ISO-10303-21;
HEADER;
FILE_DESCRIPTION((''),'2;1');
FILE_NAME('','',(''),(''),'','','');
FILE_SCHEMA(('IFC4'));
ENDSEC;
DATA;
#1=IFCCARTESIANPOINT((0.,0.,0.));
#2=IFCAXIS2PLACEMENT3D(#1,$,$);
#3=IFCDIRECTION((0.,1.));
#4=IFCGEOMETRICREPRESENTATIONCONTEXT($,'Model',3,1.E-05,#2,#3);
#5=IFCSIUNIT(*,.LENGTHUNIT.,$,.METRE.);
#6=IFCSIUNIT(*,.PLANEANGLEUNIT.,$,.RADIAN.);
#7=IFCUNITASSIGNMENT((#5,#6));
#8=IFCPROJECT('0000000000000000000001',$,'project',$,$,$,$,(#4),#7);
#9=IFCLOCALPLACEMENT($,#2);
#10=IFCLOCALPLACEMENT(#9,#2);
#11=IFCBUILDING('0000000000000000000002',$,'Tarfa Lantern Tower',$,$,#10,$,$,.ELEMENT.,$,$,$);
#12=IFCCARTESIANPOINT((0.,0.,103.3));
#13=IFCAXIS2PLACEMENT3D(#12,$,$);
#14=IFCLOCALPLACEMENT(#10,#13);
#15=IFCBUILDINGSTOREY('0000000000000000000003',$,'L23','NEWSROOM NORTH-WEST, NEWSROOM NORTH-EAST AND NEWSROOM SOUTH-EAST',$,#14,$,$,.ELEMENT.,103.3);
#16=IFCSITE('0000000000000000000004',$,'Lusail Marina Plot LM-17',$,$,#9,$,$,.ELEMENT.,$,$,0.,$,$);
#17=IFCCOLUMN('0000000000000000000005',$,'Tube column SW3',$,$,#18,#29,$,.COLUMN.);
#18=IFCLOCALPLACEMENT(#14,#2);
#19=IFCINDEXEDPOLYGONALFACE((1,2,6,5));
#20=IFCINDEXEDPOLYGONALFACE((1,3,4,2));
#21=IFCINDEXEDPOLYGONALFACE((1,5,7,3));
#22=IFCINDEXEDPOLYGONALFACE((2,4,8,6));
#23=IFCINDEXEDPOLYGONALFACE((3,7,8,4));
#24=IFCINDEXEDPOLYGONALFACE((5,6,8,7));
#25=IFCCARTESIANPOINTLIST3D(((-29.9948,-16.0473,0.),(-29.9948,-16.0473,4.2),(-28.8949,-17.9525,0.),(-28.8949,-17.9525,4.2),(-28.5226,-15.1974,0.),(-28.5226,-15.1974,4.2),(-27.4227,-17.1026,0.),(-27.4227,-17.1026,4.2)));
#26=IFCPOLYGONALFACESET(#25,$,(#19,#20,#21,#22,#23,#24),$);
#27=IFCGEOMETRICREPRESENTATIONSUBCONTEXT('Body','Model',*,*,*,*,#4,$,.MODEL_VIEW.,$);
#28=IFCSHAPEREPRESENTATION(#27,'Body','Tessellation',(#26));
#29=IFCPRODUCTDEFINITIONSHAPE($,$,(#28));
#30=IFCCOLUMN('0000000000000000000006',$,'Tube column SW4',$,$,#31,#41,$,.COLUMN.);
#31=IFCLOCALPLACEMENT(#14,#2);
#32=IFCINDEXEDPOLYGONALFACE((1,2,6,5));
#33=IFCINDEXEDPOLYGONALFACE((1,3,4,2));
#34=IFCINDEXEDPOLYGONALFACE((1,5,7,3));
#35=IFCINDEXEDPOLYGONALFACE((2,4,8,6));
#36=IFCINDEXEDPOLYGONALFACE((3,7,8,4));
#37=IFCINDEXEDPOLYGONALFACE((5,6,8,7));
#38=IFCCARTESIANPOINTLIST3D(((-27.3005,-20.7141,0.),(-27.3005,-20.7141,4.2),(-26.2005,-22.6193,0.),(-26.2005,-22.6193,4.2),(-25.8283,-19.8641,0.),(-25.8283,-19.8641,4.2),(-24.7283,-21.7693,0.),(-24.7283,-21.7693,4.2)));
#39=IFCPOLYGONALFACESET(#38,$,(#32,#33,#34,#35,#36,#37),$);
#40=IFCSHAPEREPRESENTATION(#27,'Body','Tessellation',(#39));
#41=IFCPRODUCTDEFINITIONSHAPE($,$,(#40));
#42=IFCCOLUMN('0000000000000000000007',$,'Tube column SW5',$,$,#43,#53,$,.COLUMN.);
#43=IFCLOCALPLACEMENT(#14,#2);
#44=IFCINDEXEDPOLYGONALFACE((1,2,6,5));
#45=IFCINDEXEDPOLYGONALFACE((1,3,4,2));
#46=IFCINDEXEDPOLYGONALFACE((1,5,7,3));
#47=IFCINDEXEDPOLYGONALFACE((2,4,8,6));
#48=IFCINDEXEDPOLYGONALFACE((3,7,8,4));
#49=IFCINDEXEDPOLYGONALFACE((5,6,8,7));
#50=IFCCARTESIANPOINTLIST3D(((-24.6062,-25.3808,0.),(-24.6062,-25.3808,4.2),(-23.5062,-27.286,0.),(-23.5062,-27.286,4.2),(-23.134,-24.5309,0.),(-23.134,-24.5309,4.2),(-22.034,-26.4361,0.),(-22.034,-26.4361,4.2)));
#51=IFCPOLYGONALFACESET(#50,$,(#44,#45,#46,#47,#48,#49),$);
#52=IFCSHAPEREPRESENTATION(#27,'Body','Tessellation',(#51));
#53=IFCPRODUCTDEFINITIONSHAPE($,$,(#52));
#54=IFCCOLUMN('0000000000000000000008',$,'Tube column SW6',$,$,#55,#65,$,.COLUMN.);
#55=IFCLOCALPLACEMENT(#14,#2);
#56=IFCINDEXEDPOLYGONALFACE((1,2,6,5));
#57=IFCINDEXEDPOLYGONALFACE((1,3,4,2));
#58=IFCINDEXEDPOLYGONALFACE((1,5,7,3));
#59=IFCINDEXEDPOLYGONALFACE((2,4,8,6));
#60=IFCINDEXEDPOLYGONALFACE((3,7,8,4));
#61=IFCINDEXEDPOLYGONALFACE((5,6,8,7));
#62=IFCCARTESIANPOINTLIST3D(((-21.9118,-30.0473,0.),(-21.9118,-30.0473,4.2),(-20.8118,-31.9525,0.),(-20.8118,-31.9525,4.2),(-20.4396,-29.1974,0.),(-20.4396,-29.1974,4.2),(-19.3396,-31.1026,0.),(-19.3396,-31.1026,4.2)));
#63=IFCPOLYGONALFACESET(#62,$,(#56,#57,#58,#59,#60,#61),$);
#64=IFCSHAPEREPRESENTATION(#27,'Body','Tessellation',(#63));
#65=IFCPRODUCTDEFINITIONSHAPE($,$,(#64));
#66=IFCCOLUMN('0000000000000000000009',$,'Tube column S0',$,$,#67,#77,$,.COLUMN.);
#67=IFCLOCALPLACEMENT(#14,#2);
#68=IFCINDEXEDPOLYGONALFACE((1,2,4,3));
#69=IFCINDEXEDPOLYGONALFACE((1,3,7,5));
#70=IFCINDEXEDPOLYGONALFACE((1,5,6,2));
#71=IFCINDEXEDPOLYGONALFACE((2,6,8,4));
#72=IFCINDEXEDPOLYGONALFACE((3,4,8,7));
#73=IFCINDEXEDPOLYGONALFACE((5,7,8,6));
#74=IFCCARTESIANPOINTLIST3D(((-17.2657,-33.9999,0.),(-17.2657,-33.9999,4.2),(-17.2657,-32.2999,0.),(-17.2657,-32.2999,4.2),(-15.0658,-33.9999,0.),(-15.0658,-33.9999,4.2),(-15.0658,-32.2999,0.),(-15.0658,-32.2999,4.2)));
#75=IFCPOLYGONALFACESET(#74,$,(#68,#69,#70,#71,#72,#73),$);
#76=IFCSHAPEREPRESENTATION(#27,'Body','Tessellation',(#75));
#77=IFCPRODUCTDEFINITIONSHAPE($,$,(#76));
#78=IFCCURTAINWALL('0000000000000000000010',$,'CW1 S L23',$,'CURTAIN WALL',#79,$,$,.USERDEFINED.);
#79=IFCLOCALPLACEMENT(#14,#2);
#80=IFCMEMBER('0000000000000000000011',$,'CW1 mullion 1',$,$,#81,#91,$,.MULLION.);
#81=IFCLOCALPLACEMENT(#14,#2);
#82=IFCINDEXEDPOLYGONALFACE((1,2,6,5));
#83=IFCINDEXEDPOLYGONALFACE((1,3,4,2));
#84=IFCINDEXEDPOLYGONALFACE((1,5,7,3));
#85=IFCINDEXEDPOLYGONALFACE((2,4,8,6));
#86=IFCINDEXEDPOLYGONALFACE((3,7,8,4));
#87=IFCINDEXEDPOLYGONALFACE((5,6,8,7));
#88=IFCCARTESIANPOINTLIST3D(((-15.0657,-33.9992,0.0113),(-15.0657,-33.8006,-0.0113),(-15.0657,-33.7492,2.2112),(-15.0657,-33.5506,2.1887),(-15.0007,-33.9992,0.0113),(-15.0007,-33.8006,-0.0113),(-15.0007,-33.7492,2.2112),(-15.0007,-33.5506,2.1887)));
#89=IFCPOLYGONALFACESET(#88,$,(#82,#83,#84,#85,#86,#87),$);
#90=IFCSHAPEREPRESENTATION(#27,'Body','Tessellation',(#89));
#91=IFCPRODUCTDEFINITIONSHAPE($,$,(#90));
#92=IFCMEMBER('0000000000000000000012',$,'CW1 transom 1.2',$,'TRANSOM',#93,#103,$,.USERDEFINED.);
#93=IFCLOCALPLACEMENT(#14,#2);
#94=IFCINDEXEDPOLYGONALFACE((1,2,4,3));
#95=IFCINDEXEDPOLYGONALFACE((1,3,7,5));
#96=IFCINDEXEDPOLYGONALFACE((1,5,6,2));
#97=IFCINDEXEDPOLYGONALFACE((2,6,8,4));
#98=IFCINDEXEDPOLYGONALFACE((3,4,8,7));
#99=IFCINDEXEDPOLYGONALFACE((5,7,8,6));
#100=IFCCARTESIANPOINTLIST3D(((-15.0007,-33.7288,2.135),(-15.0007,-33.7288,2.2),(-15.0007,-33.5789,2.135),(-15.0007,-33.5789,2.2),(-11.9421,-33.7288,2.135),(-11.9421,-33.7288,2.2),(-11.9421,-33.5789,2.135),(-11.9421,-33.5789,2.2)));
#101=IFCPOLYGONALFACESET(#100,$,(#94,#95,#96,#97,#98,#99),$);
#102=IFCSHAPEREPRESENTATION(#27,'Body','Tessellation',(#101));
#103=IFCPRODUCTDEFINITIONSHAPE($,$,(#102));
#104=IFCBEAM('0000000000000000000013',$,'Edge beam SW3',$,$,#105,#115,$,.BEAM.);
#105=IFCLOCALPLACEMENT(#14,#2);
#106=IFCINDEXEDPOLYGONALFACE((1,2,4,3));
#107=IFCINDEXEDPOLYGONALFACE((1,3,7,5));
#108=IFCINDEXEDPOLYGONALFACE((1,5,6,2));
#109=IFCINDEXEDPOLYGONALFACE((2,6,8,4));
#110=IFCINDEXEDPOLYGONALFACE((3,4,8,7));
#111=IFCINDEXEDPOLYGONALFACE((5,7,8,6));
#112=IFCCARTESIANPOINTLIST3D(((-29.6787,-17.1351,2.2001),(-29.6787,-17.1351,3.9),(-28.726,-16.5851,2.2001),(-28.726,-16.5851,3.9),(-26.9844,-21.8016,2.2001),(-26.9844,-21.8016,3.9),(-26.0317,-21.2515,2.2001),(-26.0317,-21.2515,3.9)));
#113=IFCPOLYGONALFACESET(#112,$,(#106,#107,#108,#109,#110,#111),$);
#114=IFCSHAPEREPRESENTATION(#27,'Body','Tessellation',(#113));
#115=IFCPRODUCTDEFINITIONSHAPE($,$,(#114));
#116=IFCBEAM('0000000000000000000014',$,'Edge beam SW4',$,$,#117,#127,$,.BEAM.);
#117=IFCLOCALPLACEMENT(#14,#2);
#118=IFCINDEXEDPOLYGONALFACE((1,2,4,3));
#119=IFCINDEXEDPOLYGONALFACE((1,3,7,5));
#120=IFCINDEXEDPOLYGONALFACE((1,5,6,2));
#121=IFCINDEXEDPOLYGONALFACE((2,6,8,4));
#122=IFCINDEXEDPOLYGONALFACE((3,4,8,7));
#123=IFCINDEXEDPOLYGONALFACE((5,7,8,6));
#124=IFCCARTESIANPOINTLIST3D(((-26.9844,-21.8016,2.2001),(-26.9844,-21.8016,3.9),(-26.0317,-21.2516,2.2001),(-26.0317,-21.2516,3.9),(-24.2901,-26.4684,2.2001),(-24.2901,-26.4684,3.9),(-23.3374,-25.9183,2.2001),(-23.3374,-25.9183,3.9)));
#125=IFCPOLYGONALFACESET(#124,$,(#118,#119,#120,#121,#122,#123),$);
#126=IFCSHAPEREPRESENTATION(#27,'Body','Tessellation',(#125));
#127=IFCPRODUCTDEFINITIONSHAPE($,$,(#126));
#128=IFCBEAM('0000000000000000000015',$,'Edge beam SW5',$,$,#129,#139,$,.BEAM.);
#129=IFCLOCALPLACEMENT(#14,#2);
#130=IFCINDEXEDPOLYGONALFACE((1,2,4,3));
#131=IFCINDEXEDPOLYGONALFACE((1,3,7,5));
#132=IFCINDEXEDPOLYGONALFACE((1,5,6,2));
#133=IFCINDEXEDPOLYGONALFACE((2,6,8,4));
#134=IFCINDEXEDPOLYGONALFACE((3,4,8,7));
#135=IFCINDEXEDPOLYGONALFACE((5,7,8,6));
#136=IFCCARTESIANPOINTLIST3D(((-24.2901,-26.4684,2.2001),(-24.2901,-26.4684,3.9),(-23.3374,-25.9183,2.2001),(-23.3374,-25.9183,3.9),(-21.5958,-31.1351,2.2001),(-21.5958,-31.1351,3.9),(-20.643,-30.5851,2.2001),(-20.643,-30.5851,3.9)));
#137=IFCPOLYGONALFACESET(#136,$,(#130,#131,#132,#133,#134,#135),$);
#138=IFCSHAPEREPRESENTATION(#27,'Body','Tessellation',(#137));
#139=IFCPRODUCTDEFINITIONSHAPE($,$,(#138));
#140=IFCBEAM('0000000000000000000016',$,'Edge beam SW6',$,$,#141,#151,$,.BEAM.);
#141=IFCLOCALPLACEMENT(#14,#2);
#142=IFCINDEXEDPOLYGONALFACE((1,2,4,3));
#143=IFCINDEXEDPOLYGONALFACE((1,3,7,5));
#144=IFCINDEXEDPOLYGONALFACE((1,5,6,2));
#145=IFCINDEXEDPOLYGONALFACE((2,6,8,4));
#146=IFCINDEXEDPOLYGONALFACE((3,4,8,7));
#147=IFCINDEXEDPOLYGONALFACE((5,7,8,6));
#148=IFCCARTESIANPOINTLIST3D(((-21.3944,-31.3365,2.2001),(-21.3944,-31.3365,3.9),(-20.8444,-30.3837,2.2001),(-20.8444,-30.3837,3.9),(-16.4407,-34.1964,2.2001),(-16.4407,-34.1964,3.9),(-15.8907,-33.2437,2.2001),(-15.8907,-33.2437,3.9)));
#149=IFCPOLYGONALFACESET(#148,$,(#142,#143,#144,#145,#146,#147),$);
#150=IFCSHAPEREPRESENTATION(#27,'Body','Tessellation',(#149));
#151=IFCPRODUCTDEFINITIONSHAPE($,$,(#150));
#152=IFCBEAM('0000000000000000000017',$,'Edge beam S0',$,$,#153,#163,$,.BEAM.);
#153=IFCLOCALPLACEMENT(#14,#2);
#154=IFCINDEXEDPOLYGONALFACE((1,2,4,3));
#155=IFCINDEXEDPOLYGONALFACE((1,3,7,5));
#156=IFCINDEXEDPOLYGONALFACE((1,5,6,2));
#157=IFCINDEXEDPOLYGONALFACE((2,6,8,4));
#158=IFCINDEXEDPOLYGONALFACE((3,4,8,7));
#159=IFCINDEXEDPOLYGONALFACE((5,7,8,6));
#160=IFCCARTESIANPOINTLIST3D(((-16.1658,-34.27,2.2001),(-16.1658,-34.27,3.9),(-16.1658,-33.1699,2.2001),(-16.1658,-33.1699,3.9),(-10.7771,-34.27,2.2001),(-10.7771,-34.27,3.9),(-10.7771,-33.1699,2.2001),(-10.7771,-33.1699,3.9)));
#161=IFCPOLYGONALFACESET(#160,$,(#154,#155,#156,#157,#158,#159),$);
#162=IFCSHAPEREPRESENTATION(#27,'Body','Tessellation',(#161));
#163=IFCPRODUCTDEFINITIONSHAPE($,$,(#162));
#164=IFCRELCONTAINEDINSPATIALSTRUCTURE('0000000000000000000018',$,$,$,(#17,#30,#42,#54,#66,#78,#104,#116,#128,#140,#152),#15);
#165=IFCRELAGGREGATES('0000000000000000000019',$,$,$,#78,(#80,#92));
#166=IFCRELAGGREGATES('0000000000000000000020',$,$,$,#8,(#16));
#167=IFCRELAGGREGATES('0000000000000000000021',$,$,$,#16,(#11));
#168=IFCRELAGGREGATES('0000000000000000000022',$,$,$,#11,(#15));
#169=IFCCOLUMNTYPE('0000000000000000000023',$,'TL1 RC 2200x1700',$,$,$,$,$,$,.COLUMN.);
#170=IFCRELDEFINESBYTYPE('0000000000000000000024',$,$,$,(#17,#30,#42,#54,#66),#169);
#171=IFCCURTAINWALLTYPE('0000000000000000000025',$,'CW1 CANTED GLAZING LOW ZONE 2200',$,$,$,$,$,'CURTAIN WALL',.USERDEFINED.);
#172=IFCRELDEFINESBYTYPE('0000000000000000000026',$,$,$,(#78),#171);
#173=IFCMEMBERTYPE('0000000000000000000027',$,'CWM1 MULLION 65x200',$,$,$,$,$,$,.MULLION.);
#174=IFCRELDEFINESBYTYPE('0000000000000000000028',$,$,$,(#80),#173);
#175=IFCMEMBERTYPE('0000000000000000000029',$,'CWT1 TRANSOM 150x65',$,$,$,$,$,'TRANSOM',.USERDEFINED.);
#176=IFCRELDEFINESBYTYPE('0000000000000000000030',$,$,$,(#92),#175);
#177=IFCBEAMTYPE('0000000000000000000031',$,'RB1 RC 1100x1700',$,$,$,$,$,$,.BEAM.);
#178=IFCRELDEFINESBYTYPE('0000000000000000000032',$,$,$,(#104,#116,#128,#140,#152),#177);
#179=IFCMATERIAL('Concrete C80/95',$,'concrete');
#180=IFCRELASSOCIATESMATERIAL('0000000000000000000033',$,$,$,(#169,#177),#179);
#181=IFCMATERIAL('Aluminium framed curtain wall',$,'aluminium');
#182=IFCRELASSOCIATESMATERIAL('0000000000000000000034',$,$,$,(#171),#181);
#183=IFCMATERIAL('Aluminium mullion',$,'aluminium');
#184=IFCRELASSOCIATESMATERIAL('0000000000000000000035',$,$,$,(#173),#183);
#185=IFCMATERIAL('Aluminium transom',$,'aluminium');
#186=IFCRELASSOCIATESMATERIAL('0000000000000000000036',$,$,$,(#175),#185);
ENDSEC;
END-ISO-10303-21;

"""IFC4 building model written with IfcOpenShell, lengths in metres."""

from ifc_helpers import new_model, si_unit, direction, frame, origin, origin_2d, place, context, subcontext, project, spatial, rectangle, extrude, material, material_profile, profile_set, type_object, element, aggregate, save


model = new_model("IFC4")

# Units and contexts
model_context = context("Model", 3, precision=1e-05, world=origin(), true_north=direction((0.0, 1.0)))
body_context = subcontext(model_context, "Body", "Model", "MODEL_VIEW")
ifc_project = project(units=[si_unit("LENGTHUNIT", "METRE"), si_unit("PLANEANGLEUNIT", "RADIAN")], contexts=[model_context])

# Site, building, storey
site_placement = place(None, origin())
site = spatial("IfcSite", under=ifc_project, at=site_placement, Name="Lusail Marina Plot LM-17", CompositionType="ELEMENT", RefElevation=0.0)
building_placement = place(site_placement, origin())
building = spatial("IfcBuilding", under=site, at=building_placement, Name="Tarfa Lantern Tower", CompositionType="ELEMENT")
storey_placement = place(building_placement, frame((0.0, 0.0, 103.3)))
storey = spatial("IfcBuildingStorey", under=building, at=storey_placement, Name="L23", Description="NEWSROOM NORTH-WEST, NEWSROOM NORTH-EAST AND NEWSROOM SOUTH-EAST", CompositionType="ELEMENT", Elevation=103.3)

# Columns
ifc_material_1 = material(Name="Concrete C80/95", Category="concrete")
ifc_material_profile_1 = material_profile(ifc_material_1, rectangle(XDim=2.2, YDim=1.7, at=origin_2d()), Name="RC 2200x1700")
ifc_profile_set_1 = profile_set([ifc_material_profile_1], Name="Concrete C80/95")
column_type = type_object("IfcColumnType", Name="TL1 RC 2200x1700", PredefinedType="COLUMN", material=ifc_profile_set_1)
for number, where, z_axis, x_axis, name in (
    (1, (-28.7087, -16.575, 0.0), (0.0, 0.0, 1.0), (0.5, -0.866025, 0.0), "Tube column SW3"),
    (2, (-26.0144, -21.2417, 0.0), (0.0, 0.0, 1.0), (0.5, -0.866025, 0.0), "Tube column SW4"),
    (3, (-23.3201, -25.9084, 0.0), (0.0, 0.0, 1.0), (0.5, -0.866025, 0.0), "Tube column SW5"),
    (4, (-20.6257, -30.575, 0.0), (0.0, 0.0, 1.0), (0.5, -0.866025, 0.0), "Tube column SW6"),
    (5, (-16.1658, -33.1499, 0.0), (0.0, 0.0, 1.0), (1.0, 0.0, 0.0), "Tube column S0"),
):
    element("IfcColumn", number, at=place(storey_placement, frame(where, z_axis=z_axis, x_axis=x_axis)), inside=storey, type_object=column_type, Name=name, PredefinedType="COLUMN", context=body_context, shape_type="SweptSolid", body=[
        extrude(rectangle(XDim=2.2, YDim=1.7, at=origin_2d()), origin(), (0.0, 0.0, 1.0), 4.2),
    ])

# Curtain wall, members
ifc_material_2 = material(Name="Aluminium framed curtain wall", Category="aluminium")
curtain_wall_type = type_object("IfcCurtainWallType", Name="CW1 CANTED GLAZING LOW ZONE 2200", ElementType="CURTAIN WALL", PredefinedType="USERDEFINED", material=ifc_material_2)
curtain_wall_placement = place(storey_placement, origin())
curtain_wall = element("IfcCurtainWall", 6, at=curtain_wall_placement, inside=storey, type_object=curtain_wall_type, Name="CW1 S L23", ObjectType="CURTAIN WALL", PredefinedType="USERDEFINED")
ifc_material_3 = material(Name="Aluminium mullion", Category="aluminium")
ifc_material_profile_2 = material_profile(ifc_material_3, rectangle(XDim=0.0649, YDim=0.2, at=origin_2d()), Name="AL MULLION 65x200")
ifc_profile_set_2 = profile_set([ifc_material_profile_2], Name="Aluminium mullion")
member_type_1 = type_object("IfcMemberType", Name="CWM1 MULLION 65x200", PredefinedType="MULLION", material=ifc_profile_set_2)
member_1_placement = place(storey_placement, frame((-15.0332, -33.8999, 0.0), z_axis=(0.0, 0.112912, 0.993605), x_axis=(-1.0, 0.0, 0.0)))
member_1 = element("IfcMember", 7, at=member_1_placement, type_object=member_type_1, Name="CW1 mullion 1", PredefinedType="MULLION", context=body_context, shape_type="SweptSolid", body=[
    extrude(rectangle(XDim=0.0649, YDim=0.2, at=origin_2d()), origin(), (0.0, 0.0, 1.0), 2.2141),
])
ifc_material_4 = material(Name="Aluminium transom", Category="aluminium")
ifc_material_profile_3 = material_profile(ifc_material_4, rectangle(XDim=0.1499, YDim=0.0649, at=origin_2d()), Name="AL TRANSOM 150x65")
ifc_profile_set_3 = profile_set([ifc_material_profile_3], Name="Aluminium transom")
member_type_2 = type_object("IfcMemberType", Name="CWT1 TRANSOM 150x65", ElementType="TRANSOM", PredefinedType="USERDEFINED", material=ifc_profile_set_3)
member_2_placement = place(storey_placement, frame((-15.0007, -33.6538, 2.1675), z_axis=(1.0, 0.0, 0.0), x_axis=(0.0, 1.0, 0.0)))
member_2 = element("IfcMember", 8, at=member_2_placement, type_object=member_type_2, Name="CW1 transom 1.2", ObjectType="TRANSOM", PredefinedType="USERDEFINED", context=body_context, shape_type="SweptSolid", body=[
    extrude(rectangle(XDim=0.1499, YDim=0.0649, at=origin_2d()), origin(), (0.0, 0.0, 1.0), 3.0586),
])

# Beams
ifc_material_profile_4 = material_profile(ifc_material_1, rectangle(XDim=1.1001, YDim=1.7, at=origin_2d()), Name="RC 1100x1700")
ifc_profile_set_4 = profile_set([ifc_material_profile_4], Name="Concrete C80/95")
beam_type_1 = type_object("IfcBeamType", Name="RB1 RC 1100x1700", PredefinedType="BEAM", material=ifc_profile_set_4)
beam_1_placement = place(storey_placement, frame((-29.2024, -16.8601, 3.05), z_axis=(0.500018, -0.866015, 0.0), x_axis=(0.866015, 0.500018, 0.0)))
element("IfcBeam", 9, at=beam_1_placement, inside=storey, type_object=beam_type_1, Name="Edge beam SW3", PredefinedType="BEAM", context=body_context, shape_type="SweptSolid", body=[
    extrude(rectangle(XDim=1.1001, YDim=1.7, at=origin_2d()), origin(), (0.0, 0.0, 1.0), 5.3884),
])
for number, where, z_axis, x_axis, name in (
    (10, (-26.5081, -21.5266, 3.05), (0.499998, -0.866026, 0.0), (0.866026, 0.499998, 0.0), "Edge beam SW4"),
    (11, (-23.8137, -26.1934, 3.05), (0.499998, -0.866026, 0.0), (0.866026, 0.499998, 0.0), "Edge beam SW5"),
):
    element("IfcBeam", number, at=place(storey_placement, frame(where, z_axis=z_axis, x_axis=x_axis)), inside=storey, type_object=beam_type_1, Name=name, PredefinedType="BEAM", context=body_context, shape_type="SweptSolid", body=[
        extrude(rectangle(XDim=1.1001, YDim=1.7, at=origin_2d()), origin(), (0.0, 0.0, 1.0), 5.3887),
    ])
beam_2_placement = place(storey_placement, frame((-21.1194, -30.8601, 3.05), z_axis=(0.866033, -0.499986, 0.0), x_axis=(0.499986, 0.866033, 0.0)))
element("IfcBeam", 12, at=beam_2_placement, inside=storey, type_object=beam_type_1, Name="Edge beam SW6", PredefinedType="BEAM", context=body_context, shape_type="SweptSolid", body=[
    extrude(rectangle(XDim=1.1001, YDim=1.7, at=origin_2d()), origin(), (0.0, 0.0, 1.0), 5.72),
])
beam_3_placement = place(storey_placement, frame((-16.1658, -33.72, 3.05), z_axis=(1.0, 0.0, 0.0), x_axis=(0.0, 1.0, 0.0)))
element("IfcBeam", 13, at=beam_3_placement, inside=storey, type_object=beam_type_1, Name="Edge beam S0", PredefinedType="BEAM", context=body_context, shape_type="SweptSolid", body=[
    extrude(rectangle(XDim=1.1001, YDim=1.7, at=origin_2d()), origin(), (0.0, 0.0, 1.0), 5.3887),
])

aggregate(curtain_wall, [member_1, member_2])

save(model, "model.ifc")
